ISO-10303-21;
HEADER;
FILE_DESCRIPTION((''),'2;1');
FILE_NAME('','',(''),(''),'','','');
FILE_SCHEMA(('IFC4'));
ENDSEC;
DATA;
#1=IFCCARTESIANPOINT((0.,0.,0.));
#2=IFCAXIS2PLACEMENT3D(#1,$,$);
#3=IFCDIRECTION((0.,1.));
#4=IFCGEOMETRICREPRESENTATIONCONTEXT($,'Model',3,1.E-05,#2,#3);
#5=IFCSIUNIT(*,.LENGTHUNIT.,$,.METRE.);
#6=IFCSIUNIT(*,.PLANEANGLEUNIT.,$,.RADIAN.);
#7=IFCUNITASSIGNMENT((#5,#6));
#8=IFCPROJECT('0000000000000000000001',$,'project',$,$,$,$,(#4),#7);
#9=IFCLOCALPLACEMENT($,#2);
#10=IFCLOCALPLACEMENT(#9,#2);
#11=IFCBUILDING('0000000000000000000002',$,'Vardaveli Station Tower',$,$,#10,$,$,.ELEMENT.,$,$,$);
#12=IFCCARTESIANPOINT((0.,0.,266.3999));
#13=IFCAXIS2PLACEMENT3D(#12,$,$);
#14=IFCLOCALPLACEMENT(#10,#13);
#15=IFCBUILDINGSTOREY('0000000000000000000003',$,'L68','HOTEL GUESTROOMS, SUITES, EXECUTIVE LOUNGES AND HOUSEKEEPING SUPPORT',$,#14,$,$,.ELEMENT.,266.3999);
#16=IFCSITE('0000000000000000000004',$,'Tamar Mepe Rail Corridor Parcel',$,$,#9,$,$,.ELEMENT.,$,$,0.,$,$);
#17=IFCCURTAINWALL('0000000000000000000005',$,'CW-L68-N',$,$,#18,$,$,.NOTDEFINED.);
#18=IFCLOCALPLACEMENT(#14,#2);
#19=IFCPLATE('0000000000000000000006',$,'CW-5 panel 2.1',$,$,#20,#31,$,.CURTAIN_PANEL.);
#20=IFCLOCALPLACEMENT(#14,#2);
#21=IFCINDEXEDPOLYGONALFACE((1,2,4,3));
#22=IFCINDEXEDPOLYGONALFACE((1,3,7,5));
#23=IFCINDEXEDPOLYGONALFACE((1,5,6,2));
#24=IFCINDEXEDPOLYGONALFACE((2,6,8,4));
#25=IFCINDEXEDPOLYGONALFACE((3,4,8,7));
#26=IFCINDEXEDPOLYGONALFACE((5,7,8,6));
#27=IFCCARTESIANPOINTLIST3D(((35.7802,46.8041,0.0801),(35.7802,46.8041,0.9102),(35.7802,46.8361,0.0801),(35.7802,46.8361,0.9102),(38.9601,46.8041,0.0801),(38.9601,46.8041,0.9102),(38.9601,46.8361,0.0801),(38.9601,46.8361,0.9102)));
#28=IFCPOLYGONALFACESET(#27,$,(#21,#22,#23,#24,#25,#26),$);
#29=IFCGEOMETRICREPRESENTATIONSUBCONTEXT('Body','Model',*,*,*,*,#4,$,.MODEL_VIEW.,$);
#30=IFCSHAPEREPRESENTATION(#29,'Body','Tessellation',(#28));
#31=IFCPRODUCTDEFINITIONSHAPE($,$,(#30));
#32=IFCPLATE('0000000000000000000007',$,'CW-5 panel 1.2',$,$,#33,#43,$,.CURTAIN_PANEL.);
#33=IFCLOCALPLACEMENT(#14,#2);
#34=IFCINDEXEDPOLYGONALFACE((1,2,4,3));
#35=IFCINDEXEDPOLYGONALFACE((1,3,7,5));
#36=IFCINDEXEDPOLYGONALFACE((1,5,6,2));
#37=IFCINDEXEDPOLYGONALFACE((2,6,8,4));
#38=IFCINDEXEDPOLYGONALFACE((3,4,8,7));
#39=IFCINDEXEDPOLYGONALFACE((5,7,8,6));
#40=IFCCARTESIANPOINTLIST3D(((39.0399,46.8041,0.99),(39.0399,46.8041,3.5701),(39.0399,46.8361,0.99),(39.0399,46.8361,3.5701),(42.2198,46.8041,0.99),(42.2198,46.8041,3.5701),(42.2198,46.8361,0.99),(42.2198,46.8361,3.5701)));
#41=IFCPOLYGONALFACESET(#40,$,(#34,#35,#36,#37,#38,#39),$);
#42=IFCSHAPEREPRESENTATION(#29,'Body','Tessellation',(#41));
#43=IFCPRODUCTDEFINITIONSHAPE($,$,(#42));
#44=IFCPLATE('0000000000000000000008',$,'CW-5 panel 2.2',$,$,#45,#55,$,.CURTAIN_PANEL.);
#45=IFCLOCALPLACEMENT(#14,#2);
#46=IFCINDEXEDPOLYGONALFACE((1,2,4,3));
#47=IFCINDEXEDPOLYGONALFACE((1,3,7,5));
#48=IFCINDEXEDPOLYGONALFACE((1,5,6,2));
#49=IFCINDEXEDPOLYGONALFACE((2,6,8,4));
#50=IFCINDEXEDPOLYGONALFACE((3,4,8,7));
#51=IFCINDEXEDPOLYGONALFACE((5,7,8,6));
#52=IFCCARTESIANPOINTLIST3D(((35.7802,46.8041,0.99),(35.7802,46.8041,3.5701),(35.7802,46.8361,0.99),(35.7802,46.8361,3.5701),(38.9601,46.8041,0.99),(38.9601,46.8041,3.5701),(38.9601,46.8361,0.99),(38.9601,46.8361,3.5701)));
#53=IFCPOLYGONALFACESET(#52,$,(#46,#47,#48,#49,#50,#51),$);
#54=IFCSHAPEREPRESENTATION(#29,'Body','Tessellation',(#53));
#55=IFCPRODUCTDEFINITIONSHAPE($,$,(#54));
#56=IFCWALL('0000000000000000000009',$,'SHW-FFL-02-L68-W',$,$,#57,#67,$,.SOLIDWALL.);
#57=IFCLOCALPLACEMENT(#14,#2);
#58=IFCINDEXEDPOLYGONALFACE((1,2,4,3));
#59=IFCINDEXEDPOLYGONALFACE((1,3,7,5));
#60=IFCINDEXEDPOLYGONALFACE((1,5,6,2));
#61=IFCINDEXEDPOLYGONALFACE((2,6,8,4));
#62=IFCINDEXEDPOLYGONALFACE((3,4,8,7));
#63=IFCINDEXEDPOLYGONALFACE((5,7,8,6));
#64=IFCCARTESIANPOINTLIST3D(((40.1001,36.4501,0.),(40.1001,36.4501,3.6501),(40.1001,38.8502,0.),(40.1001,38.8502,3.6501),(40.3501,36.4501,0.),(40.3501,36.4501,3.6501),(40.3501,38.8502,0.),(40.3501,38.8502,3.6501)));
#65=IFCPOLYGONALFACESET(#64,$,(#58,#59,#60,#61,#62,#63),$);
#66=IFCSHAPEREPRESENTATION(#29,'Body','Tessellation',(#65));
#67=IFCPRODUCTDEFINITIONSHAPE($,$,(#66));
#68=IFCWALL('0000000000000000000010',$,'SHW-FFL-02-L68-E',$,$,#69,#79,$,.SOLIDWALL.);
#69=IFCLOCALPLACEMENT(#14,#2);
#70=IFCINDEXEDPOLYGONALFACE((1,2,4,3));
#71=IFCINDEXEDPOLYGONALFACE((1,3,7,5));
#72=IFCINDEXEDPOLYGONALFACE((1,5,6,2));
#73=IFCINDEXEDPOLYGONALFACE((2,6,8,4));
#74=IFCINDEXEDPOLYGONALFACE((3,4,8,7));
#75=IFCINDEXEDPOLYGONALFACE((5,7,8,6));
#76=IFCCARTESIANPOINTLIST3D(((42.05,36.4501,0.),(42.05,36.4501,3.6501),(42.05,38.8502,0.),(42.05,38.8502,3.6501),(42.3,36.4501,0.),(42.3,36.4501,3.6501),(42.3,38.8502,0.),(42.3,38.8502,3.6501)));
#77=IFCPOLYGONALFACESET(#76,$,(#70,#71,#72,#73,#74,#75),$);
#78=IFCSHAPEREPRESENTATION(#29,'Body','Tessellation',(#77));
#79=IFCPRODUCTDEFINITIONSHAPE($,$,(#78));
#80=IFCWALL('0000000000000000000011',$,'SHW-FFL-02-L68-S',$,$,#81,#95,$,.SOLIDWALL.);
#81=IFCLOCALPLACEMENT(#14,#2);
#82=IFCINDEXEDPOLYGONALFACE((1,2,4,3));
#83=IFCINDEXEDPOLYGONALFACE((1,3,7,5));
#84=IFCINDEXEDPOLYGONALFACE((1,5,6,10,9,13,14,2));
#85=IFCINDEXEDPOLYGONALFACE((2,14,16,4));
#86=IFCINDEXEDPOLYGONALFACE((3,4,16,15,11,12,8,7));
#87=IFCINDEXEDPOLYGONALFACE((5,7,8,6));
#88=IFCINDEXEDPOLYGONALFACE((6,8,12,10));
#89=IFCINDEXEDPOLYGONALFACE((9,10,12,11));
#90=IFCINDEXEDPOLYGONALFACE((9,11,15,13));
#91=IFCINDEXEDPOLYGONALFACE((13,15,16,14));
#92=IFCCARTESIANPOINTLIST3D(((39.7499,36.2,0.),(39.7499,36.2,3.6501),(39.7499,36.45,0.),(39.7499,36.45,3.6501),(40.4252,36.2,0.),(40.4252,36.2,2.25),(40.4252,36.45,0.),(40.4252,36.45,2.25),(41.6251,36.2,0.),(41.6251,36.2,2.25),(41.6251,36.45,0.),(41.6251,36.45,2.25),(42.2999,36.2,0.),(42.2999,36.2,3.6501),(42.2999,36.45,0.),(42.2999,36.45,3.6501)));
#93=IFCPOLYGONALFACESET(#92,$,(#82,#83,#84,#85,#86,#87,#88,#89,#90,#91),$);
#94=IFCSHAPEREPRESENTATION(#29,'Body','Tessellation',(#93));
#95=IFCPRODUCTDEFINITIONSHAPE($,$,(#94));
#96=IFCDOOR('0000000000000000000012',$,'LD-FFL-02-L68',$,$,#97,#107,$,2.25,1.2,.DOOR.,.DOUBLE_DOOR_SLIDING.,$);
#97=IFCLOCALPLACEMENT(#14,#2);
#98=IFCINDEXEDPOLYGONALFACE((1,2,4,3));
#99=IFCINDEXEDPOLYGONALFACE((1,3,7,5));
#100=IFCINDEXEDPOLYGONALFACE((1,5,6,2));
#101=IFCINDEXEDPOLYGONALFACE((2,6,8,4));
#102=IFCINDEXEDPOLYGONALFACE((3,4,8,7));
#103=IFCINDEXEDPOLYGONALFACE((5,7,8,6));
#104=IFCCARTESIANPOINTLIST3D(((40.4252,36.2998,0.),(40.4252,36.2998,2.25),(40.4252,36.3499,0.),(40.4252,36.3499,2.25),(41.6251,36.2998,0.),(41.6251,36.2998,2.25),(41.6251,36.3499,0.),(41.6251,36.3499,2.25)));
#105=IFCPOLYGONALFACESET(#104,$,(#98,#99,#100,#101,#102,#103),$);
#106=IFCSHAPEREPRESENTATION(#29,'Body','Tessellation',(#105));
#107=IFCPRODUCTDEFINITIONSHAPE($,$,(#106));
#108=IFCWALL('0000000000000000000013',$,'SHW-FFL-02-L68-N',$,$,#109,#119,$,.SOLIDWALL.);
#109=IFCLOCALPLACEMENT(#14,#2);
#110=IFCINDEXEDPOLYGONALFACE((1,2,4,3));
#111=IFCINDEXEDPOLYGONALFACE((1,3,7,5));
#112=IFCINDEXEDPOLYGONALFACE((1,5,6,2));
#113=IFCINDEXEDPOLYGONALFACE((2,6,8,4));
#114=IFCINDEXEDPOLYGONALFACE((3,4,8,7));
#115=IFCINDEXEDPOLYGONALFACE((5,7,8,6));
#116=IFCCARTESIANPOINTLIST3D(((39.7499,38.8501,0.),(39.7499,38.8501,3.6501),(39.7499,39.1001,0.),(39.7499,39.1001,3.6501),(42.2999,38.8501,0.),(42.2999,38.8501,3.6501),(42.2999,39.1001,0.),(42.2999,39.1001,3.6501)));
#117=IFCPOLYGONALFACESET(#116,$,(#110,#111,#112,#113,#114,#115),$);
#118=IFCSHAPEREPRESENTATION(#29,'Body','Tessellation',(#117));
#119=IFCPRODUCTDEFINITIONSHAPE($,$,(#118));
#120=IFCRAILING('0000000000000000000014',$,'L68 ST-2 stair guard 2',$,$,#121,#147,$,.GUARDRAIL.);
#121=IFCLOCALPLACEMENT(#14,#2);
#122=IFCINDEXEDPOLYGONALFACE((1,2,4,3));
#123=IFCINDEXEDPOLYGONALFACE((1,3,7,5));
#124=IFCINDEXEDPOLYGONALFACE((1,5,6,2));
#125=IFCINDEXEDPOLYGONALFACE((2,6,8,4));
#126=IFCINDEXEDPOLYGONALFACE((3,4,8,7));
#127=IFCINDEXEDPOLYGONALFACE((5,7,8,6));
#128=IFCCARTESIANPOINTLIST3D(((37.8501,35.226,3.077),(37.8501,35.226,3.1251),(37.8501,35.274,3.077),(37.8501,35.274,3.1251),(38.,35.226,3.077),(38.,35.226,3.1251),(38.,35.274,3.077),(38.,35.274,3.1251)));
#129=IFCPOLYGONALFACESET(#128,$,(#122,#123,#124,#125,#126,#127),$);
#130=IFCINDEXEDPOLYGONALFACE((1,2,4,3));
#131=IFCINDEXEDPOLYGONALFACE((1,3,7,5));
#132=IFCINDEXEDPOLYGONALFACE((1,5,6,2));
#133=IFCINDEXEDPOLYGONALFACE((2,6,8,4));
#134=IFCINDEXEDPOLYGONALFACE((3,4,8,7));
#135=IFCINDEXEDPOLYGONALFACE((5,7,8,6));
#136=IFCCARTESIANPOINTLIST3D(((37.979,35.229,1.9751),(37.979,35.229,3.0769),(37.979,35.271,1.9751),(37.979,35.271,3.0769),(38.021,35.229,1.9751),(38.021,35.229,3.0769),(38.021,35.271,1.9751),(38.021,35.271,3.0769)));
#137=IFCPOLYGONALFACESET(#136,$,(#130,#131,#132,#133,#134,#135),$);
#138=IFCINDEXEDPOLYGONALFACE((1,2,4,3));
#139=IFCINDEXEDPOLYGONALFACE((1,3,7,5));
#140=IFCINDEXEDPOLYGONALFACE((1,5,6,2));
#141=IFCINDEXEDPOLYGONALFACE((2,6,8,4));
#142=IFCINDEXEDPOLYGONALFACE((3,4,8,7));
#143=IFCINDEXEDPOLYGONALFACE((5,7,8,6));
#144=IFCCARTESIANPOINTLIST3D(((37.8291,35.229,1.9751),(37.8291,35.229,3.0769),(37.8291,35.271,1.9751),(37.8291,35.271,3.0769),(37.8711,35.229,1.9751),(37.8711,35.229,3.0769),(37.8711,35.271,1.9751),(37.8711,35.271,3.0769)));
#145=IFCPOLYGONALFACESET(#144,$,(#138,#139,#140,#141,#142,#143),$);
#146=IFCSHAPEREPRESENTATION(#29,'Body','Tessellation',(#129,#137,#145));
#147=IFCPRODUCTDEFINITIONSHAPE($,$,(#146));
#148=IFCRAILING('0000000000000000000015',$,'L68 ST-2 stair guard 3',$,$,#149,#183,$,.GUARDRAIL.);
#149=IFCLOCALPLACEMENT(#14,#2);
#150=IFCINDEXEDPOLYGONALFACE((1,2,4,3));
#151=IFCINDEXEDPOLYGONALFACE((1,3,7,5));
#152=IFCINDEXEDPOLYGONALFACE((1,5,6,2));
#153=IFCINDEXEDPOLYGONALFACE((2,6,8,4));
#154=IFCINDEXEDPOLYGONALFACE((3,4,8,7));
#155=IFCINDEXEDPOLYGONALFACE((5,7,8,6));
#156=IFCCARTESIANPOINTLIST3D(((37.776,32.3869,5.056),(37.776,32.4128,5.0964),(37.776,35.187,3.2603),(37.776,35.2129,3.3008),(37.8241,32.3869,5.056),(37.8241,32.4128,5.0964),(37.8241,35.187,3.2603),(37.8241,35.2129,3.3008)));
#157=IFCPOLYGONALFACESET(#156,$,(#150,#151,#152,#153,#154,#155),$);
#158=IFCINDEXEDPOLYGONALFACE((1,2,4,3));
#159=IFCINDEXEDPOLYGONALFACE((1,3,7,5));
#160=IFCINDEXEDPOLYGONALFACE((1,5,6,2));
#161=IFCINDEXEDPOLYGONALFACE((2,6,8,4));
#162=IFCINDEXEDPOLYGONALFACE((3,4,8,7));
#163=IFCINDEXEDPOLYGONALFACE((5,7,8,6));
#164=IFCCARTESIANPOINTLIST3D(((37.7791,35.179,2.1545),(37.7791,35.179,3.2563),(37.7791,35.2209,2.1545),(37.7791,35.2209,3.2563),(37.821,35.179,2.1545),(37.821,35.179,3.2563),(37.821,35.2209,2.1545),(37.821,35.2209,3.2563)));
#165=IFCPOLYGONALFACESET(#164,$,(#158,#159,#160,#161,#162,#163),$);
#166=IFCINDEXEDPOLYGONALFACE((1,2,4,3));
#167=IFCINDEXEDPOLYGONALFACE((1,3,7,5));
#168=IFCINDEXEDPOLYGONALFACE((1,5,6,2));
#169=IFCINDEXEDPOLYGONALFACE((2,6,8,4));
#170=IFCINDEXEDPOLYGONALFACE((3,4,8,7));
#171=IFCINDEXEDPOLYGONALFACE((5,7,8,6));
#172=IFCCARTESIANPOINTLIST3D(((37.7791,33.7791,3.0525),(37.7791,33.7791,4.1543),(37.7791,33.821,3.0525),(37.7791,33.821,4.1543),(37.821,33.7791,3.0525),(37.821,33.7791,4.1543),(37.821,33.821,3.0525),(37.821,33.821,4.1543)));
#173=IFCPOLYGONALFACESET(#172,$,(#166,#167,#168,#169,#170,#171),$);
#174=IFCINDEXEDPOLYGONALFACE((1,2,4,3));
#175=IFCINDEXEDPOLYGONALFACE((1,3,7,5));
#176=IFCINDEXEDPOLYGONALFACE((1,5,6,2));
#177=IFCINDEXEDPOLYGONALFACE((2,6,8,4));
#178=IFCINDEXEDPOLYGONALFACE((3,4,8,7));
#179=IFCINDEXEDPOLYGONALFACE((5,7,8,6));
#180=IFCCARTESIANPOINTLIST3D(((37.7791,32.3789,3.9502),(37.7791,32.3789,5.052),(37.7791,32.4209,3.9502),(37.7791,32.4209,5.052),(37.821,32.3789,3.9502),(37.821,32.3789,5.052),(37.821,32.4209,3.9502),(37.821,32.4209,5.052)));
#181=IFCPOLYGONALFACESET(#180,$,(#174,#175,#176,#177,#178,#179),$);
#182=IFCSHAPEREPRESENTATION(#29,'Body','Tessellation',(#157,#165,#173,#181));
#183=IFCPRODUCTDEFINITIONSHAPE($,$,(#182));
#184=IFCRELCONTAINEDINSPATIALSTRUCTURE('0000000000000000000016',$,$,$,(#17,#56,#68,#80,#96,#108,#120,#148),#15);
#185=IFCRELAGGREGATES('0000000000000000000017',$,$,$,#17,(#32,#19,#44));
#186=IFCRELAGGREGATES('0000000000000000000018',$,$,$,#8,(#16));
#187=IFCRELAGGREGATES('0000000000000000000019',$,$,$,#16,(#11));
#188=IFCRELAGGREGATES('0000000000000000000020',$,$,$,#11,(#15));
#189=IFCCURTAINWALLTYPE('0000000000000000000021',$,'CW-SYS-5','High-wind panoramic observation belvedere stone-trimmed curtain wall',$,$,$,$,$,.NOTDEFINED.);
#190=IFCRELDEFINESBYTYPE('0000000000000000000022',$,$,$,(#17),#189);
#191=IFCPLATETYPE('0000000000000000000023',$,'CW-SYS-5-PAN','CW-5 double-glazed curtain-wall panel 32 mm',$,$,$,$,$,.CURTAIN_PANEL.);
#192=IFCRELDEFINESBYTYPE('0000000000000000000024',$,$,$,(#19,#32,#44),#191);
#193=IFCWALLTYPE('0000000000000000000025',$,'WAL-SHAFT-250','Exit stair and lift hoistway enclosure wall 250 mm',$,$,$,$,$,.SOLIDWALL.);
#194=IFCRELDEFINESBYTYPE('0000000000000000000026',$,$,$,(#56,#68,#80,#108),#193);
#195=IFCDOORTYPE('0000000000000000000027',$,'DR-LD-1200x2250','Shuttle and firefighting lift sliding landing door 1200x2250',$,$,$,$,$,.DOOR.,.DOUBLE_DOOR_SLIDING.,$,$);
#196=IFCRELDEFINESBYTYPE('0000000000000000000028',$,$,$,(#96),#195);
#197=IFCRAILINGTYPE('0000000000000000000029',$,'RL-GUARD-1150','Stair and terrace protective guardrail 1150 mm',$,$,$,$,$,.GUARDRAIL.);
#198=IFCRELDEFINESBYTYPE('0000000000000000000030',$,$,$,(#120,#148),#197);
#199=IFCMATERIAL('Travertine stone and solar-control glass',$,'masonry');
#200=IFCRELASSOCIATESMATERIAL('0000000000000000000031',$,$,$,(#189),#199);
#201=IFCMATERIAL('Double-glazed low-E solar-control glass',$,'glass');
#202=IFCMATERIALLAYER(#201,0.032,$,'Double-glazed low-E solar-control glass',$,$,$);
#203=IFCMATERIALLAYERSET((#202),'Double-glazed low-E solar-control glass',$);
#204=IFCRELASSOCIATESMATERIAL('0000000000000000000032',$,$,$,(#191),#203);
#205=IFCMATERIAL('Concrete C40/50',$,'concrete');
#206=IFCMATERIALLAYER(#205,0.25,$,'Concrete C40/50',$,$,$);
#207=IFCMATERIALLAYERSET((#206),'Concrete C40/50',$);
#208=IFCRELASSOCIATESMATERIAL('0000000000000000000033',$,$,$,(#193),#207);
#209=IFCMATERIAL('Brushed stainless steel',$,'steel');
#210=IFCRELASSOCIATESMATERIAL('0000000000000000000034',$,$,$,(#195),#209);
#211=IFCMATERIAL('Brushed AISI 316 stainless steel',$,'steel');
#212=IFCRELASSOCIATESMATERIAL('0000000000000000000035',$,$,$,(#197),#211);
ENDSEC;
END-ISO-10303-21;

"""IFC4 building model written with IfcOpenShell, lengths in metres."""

from ifc_helpers import new_model, si_unit, direction, frame, frame_2d, origin, origin_2d, place, context, subcontext, project, spatial, rectangle, extrude, source, transform, mapped, material, layer, layer_set, type_object, element, fill, aggregate, save


model = new_model("IFC4")

# Units and contexts
model_context = context("Model", 3, precision=1e-05, world=origin(), true_north=direction((0.0, 1.0)))
body_context = subcontext(model_context, "Body", "Model", "MODEL_VIEW")
ifc_project = project(units=[si_unit("LENGTHUNIT", "METRE"), si_unit("PLANEANGLEUNIT", "RADIAN")], contexts=[model_context])

# Site, building, storey
site_placement = place(None, origin())
site = spatial("IfcSite", under=ifc_project, at=site_placement, Name="Tamar Mepe Rail Corridor Parcel", CompositionType="ELEMENT", RefElevation=0.0)
building_placement = place(site_placement, origin())
building = spatial("IfcBuilding", under=site, at=building_placement, Name="Vardaveli Station Tower", CompositionType="ELEMENT")
storey_placement = place(building_placement, frame((0.0, 0.0, 266.3999)))
storey = spatial("IfcBuildingStorey", under=building, at=storey_placement, Name="L68", Description="HOTEL GUESTROOMS, SUITES, EXECUTIVE LOUNGES AND HOUSEKEEPING SUPPORT", CompositionType="ELEMENT", Elevation=266.3999)

# Curtain wall, plates
ifc_material_1 = material(Name="Travertine stone and solar-control glass", Category="masonry")
curtain_wall_type = type_object("IfcCurtainWallType", Name="CW-SYS-5", Description="High-wind panoramic observation belvedere stone-trimmed curtain wall", PredefinedType="NOTDEFINED", material=ifc_material_1)
curtain_wall_placement = place(storey_placement, origin())
curtain_wall = element("IfcCurtainWall", 1, at=curtain_wall_placement, inside=storey, type_object=curtain_wall_type, Name="CW-L68-N", PredefinedType="NOTDEFINED")
ifc_material_2 = material(Name="Double-glazed low-E solar-control glass", Category="glass")
ifc_layer_1 = layer(ifc_material_2, 0.032, Name="Double-glazed low-E solar-control glass")
ifc_layer_set_1 = layer_set([ifc_layer_1], Name="Double-glazed low-E solar-control glass")
plate_type = type_object("IfcPlateType", Name="CW-SYS-5-PAN", Description="CW-5 double-glazed curtain-wall panel 32 mm", PredefinedType="CURTAIN_PANEL", material=ifc_layer_set_1)
shared_shape_1 = source(origin(), body_context, "Body", "SweptSolid", [
    extrude(rectangle(XDim=3.1799, YDim=0.032, at=origin_2d()), origin(), (0.0, 0.0, 1.0), 0.8301),
])
plate_1_placement = place(storey_placement, frame((37.3701, 46.8201, 0.0801), z_axis=(0.0, 0.0, 1.0), x_axis=(-1.0, 0.0, 0.0)))
plate_1 = element("IfcPlate", 2, at=plate_1_placement, type_object=plate_type, Name="CW-5 panel 2.1", PredefinedType="CURTAIN_PANEL", context=body_context, shape_type="MappedRepresentation", body=[
    mapped(shared_shape_1, transform((0.0, 0.0, 0.0), scale=1.0)),
])
shared_shape_2 = source(origin(), body_context, "Body", "SweptSolid", [
    extrude(rectangle(XDim=3.1799, YDim=0.032, at=origin_2d()), origin(), (0.0, 0.0, 1.0), 2.5801),
])
plate_2_placement = place(storey_placement, frame((40.6299, 46.8201, 0.99), z_axis=(0.0, 0.0, 1.0), x_axis=(-1.0, 0.0, 0.0)))
plate_2 = element("IfcPlate", 3, at=plate_2_placement, type_object=plate_type, Name="CW-5 panel 1.2", PredefinedType="CURTAIN_PANEL", context=body_context, shape_type="MappedRepresentation", body=[
    mapped(shared_shape_2, transform((0.0, 0.0, 0.0), scale=1.0)),
])
plate_3_placement = place(storey_placement, frame((37.3701, 46.8201, 0.99), z_axis=(0.0, 0.0, 1.0), x_axis=(-1.0, 0.0, 0.0)))
plate_3 = element("IfcPlate", 4, at=plate_3_placement, type_object=plate_type, Name="CW-5 panel 2.2", PredefinedType="CURTAIN_PANEL", context=body_context, shape_type="MappedRepresentation", body=[
    mapped(shared_shape_2, transform((0.0, 0.0, 0.0), scale=1.0)),
])
aggregate(curtain_wall, [plate_2, plate_1, plate_3])

# Walls
ifc_material_3 = material(Name="Concrete C40/50", Category="concrete")
ifc_layer_2 = layer(ifc_material_3, 0.25, Name="Concrete C40/50")
ifc_layer_set_2 = layer_set([ifc_layer_2], Name="Concrete C40/50")
wall_type = type_object("IfcWallType", Name="WAL-SHAFT-250", Description="Exit stair and lift hoistway enclosure wall 250 mm", PredefinedType="SOLIDWALL", material=ifc_layer_set_2)
shared_shape_3 = source(origin(), body_context, "Body", "SweptSolid", [
    extrude(rectangle(XDim=2.4001, YDim=0.25, at=frame_2d((1.2002, 0.0))), origin(), (0.0, 0.0, 1.0), 3.6501),
])
for number, where, z_axis, x_axis, name in (
    (5, (40.2251, 36.45, 0.0), (0.0, 0.0, 1.0), (0.0, 1.0, 0.0), "SHW-FFL-02-L68-W"),
    (6, (42.175, 36.45, 0.0), (0.0, 0.0, 1.0), (0.0, 1.0, 0.0), "SHW-FFL-02-L68-E"),
):
    element("IfcWall", number, at=place(storey_placement, frame(where, z_axis=z_axis, x_axis=x_axis)), inside=storey, type_object=wall_type, Name=name, PredefinedType="SOLIDWALL", context=body_context, shape_type="MappedRepresentation", body=[
        mapped(shared_shape_3, transform((0.0, 0.0, 0.0), scale=1.0)),
    ])

# Wall, opening, door
shared_shape_4 = source(origin(), body_context, "Body", "SweptSolid", [
    extrude(rectangle(XDim=2.55, YDim=0.25, at=frame_2d((1.2749, 0.0))), origin(), (0.0, 0.0, 1.0), 3.6501),
])
wall_1_placement = place(storey_placement, frame((39.75, 36.325, 0.0), z_axis=(0.0, 0.0, 1.0), x_axis=(1.0, 0.0, 0.0)))
wall_1 = element("IfcWall", 7, at=wall_1_placement, inside=storey, type_object=wall_type, Name="SHW-FFL-02-L68-S", PredefinedType="SOLIDWALL", context=body_context, shape_type="MappedRepresentation", body=[
    mapped(shared_shape_4, transform((0.0, 0.0, 0.0), scale=1.0)),
])
shared_shape_5 = source(origin(), body_context, "Body", "SweptSolid", [
    extrude(rectangle(XDim=1.2, YDim=2.25, at=frame_2d((0.6001, 1.125))), frame((0.0, 0.135, 0.0), z_axis=(0.0, -1.0, 0.0), x_axis=(1.0, 0.0, 0.0)), (0.0, 0.0, 1.0), 0.27),
])
opening_placement = place(wall_1_placement, frame((0.675, 0.0, 0.0)))
opening = element("IfcOpeningElement", 8, at=opening_placement, cuts=wall_1, PredefinedType="OPENING", context=body_context, shape_type="MappedRepresentation", body=[
    mapped(shared_shape_5, transform((0.0, 0.0, 0.0), scale=1.0)),
])
ifc_material_4 = material(Name="Brushed stainless steel", Category="steel")
door_type = type_object("IfcDoorType", Name="DR-LD-1200x2250", Description="Shuttle and firefighting lift sliding landing door 1200x2250", OperationType="DOUBLE_DOOR_SLIDING", PredefinedType="DOOR", material=ifc_material_4)
shared_shape_6 = source(origin(), body_context, "Body", "SweptSolid", [
    extrude(rectangle(XDim=1.2, YDim=2.25, at=frame_2d((0.6001, 1.125))), frame((0.0, 0.0249, 0.0), z_axis=(0.0, -1.0, 0.0), x_axis=(1.0, 0.0, 0.0)), (0.0, 0.0, 1.0), 0.05),
])
door_placement = place(opening_placement, origin())
door = element("IfcDoor", 9, at=door_placement, inside=storey, type_object=door_type, Name="LD-FFL-02-L68", OperationType="DOUBLE_DOOR_SLIDING", OverallHeight=2.25, OverallWidth=1.2, PredefinedType="DOOR", context=body_context, shape_type="MappedRepresentation", body=[
    mapped(shared_shape_6, transform((0.0, 0.0, 0.0), scale=1.0)),
])
fill(opening, door)

# Wall
wall_2_placement = place(storey_placement, frame((39.75, 38.9751, 0.0), z_axis=(0.0, 0.0, 1.0), x_axis=(1.0, 0.0, 0.0)))
element("IfcWall", 10, at=wall_2_placement, inside=storey, type_object=wall_type, Name="SHW-FFL-02-L68-N", PredefinedType="SOLIDWALL", context=body_context, shape_type="MappedRepresentation", body=[
    mapped(shared_shape_4, transform((0.0, 0.0, 0.0), scale=1.0)),
])

# Railings
ifc_material_5 = material(Name="Brushed AISI 316 stainless steel", Category="steel")
railing_type = type_object("IfcRailingType", Name="RL-GUARD-1150", Description="Stair and terrace protective guardrail 1150 mm", PredefinedType="GUARDRAIL", material=ifc_material_5)
shared_shape_7 = source(origin(), body_context, "Body", "SweptSolid", [
    extrude(rectangle(XDim=0.0481, YDim=0.0481, at=origin_2d()), frame((0.0, 0.0, 1.126), z_axis=(-1.0, 0.0, 0.0), x_axis=(0.0, -1.0, 0.0)), (0.0, 0.0, 1.0), 0.1499),
    extrude(rectangle(XDim=0.042, YDim=0.042, at=origin_2d()), origin(), (0.0, 0.0, 1.0), 1.1018),
    extrude(rectangle(XDim=0.042, YDim=0.042, at=origin_2d()), frame((-0.1499, 0.0, 0.0)), (0.0, 0.0, 1.0), 1.1018),
])
railing_1_placement = place(storey_placement, frame((38.0, 35.25, 1.9751)))
element("IfcRailing", 11, at=railing_1_placement, inside=storey, type_object=railing_type, Name="L68 ST-2 stair guard 2", PredefinedType="GUARDRAIL", context=body_context, shape_type="MappedRepresentation", body=[
    mapped(shared_shape_7, transform((0.0, 0.0, 0.0), scale=1.0)),
])
shared_shape_8 = source(origin(), body_context, "Body", "SweptSolid", [
    extrude(rectangle(XDim=0.0481, YDim=0.0481, at=origin_2d()), frame((0.0, 0.0, 1.126), z_axis=(0.0, -0.841777, 0.539826), x_axis=(1.0, 0.0, 0.0)), (0.0, 0.0, 1.0), 3.3264),
    extrude(rectangle(XDim=0.042, YDim=0.042, at=origin_2d()), origin(), (0.0, 0.0, 1.0), 1.1018),
    extrude(rectangle(XDim=0.042, YDim=0.042, at=origin_2d()), frame((0.0, -1.3999, 0.8979)), (0.0, 0.0, 1.0), 1.1018),
    extrude(rectangle(XDim=0.042, YDim=0.042, at=origin_2d()), frame((0.0, -2.8, 1.7957)), (0.0, 0.0, 1.0), 1.1018),
])
railing_2_placement = place(storey_placement, frame((37.8, 35.2, 2.1545)))
element("IfcRailing", 12, at=railing_2_placement, inside=storey, type_object=railing_type, Name="L68 ST-2 stair guard 3", PredefinedType="GUARDRAIL", context=body_context, shape_type="MappedRepresentation", body=[
    mapped(shared_shape_8, transform((0.0, 0.0, 0.0), scale=1.0)),
])

save(model, "model.ifc")
